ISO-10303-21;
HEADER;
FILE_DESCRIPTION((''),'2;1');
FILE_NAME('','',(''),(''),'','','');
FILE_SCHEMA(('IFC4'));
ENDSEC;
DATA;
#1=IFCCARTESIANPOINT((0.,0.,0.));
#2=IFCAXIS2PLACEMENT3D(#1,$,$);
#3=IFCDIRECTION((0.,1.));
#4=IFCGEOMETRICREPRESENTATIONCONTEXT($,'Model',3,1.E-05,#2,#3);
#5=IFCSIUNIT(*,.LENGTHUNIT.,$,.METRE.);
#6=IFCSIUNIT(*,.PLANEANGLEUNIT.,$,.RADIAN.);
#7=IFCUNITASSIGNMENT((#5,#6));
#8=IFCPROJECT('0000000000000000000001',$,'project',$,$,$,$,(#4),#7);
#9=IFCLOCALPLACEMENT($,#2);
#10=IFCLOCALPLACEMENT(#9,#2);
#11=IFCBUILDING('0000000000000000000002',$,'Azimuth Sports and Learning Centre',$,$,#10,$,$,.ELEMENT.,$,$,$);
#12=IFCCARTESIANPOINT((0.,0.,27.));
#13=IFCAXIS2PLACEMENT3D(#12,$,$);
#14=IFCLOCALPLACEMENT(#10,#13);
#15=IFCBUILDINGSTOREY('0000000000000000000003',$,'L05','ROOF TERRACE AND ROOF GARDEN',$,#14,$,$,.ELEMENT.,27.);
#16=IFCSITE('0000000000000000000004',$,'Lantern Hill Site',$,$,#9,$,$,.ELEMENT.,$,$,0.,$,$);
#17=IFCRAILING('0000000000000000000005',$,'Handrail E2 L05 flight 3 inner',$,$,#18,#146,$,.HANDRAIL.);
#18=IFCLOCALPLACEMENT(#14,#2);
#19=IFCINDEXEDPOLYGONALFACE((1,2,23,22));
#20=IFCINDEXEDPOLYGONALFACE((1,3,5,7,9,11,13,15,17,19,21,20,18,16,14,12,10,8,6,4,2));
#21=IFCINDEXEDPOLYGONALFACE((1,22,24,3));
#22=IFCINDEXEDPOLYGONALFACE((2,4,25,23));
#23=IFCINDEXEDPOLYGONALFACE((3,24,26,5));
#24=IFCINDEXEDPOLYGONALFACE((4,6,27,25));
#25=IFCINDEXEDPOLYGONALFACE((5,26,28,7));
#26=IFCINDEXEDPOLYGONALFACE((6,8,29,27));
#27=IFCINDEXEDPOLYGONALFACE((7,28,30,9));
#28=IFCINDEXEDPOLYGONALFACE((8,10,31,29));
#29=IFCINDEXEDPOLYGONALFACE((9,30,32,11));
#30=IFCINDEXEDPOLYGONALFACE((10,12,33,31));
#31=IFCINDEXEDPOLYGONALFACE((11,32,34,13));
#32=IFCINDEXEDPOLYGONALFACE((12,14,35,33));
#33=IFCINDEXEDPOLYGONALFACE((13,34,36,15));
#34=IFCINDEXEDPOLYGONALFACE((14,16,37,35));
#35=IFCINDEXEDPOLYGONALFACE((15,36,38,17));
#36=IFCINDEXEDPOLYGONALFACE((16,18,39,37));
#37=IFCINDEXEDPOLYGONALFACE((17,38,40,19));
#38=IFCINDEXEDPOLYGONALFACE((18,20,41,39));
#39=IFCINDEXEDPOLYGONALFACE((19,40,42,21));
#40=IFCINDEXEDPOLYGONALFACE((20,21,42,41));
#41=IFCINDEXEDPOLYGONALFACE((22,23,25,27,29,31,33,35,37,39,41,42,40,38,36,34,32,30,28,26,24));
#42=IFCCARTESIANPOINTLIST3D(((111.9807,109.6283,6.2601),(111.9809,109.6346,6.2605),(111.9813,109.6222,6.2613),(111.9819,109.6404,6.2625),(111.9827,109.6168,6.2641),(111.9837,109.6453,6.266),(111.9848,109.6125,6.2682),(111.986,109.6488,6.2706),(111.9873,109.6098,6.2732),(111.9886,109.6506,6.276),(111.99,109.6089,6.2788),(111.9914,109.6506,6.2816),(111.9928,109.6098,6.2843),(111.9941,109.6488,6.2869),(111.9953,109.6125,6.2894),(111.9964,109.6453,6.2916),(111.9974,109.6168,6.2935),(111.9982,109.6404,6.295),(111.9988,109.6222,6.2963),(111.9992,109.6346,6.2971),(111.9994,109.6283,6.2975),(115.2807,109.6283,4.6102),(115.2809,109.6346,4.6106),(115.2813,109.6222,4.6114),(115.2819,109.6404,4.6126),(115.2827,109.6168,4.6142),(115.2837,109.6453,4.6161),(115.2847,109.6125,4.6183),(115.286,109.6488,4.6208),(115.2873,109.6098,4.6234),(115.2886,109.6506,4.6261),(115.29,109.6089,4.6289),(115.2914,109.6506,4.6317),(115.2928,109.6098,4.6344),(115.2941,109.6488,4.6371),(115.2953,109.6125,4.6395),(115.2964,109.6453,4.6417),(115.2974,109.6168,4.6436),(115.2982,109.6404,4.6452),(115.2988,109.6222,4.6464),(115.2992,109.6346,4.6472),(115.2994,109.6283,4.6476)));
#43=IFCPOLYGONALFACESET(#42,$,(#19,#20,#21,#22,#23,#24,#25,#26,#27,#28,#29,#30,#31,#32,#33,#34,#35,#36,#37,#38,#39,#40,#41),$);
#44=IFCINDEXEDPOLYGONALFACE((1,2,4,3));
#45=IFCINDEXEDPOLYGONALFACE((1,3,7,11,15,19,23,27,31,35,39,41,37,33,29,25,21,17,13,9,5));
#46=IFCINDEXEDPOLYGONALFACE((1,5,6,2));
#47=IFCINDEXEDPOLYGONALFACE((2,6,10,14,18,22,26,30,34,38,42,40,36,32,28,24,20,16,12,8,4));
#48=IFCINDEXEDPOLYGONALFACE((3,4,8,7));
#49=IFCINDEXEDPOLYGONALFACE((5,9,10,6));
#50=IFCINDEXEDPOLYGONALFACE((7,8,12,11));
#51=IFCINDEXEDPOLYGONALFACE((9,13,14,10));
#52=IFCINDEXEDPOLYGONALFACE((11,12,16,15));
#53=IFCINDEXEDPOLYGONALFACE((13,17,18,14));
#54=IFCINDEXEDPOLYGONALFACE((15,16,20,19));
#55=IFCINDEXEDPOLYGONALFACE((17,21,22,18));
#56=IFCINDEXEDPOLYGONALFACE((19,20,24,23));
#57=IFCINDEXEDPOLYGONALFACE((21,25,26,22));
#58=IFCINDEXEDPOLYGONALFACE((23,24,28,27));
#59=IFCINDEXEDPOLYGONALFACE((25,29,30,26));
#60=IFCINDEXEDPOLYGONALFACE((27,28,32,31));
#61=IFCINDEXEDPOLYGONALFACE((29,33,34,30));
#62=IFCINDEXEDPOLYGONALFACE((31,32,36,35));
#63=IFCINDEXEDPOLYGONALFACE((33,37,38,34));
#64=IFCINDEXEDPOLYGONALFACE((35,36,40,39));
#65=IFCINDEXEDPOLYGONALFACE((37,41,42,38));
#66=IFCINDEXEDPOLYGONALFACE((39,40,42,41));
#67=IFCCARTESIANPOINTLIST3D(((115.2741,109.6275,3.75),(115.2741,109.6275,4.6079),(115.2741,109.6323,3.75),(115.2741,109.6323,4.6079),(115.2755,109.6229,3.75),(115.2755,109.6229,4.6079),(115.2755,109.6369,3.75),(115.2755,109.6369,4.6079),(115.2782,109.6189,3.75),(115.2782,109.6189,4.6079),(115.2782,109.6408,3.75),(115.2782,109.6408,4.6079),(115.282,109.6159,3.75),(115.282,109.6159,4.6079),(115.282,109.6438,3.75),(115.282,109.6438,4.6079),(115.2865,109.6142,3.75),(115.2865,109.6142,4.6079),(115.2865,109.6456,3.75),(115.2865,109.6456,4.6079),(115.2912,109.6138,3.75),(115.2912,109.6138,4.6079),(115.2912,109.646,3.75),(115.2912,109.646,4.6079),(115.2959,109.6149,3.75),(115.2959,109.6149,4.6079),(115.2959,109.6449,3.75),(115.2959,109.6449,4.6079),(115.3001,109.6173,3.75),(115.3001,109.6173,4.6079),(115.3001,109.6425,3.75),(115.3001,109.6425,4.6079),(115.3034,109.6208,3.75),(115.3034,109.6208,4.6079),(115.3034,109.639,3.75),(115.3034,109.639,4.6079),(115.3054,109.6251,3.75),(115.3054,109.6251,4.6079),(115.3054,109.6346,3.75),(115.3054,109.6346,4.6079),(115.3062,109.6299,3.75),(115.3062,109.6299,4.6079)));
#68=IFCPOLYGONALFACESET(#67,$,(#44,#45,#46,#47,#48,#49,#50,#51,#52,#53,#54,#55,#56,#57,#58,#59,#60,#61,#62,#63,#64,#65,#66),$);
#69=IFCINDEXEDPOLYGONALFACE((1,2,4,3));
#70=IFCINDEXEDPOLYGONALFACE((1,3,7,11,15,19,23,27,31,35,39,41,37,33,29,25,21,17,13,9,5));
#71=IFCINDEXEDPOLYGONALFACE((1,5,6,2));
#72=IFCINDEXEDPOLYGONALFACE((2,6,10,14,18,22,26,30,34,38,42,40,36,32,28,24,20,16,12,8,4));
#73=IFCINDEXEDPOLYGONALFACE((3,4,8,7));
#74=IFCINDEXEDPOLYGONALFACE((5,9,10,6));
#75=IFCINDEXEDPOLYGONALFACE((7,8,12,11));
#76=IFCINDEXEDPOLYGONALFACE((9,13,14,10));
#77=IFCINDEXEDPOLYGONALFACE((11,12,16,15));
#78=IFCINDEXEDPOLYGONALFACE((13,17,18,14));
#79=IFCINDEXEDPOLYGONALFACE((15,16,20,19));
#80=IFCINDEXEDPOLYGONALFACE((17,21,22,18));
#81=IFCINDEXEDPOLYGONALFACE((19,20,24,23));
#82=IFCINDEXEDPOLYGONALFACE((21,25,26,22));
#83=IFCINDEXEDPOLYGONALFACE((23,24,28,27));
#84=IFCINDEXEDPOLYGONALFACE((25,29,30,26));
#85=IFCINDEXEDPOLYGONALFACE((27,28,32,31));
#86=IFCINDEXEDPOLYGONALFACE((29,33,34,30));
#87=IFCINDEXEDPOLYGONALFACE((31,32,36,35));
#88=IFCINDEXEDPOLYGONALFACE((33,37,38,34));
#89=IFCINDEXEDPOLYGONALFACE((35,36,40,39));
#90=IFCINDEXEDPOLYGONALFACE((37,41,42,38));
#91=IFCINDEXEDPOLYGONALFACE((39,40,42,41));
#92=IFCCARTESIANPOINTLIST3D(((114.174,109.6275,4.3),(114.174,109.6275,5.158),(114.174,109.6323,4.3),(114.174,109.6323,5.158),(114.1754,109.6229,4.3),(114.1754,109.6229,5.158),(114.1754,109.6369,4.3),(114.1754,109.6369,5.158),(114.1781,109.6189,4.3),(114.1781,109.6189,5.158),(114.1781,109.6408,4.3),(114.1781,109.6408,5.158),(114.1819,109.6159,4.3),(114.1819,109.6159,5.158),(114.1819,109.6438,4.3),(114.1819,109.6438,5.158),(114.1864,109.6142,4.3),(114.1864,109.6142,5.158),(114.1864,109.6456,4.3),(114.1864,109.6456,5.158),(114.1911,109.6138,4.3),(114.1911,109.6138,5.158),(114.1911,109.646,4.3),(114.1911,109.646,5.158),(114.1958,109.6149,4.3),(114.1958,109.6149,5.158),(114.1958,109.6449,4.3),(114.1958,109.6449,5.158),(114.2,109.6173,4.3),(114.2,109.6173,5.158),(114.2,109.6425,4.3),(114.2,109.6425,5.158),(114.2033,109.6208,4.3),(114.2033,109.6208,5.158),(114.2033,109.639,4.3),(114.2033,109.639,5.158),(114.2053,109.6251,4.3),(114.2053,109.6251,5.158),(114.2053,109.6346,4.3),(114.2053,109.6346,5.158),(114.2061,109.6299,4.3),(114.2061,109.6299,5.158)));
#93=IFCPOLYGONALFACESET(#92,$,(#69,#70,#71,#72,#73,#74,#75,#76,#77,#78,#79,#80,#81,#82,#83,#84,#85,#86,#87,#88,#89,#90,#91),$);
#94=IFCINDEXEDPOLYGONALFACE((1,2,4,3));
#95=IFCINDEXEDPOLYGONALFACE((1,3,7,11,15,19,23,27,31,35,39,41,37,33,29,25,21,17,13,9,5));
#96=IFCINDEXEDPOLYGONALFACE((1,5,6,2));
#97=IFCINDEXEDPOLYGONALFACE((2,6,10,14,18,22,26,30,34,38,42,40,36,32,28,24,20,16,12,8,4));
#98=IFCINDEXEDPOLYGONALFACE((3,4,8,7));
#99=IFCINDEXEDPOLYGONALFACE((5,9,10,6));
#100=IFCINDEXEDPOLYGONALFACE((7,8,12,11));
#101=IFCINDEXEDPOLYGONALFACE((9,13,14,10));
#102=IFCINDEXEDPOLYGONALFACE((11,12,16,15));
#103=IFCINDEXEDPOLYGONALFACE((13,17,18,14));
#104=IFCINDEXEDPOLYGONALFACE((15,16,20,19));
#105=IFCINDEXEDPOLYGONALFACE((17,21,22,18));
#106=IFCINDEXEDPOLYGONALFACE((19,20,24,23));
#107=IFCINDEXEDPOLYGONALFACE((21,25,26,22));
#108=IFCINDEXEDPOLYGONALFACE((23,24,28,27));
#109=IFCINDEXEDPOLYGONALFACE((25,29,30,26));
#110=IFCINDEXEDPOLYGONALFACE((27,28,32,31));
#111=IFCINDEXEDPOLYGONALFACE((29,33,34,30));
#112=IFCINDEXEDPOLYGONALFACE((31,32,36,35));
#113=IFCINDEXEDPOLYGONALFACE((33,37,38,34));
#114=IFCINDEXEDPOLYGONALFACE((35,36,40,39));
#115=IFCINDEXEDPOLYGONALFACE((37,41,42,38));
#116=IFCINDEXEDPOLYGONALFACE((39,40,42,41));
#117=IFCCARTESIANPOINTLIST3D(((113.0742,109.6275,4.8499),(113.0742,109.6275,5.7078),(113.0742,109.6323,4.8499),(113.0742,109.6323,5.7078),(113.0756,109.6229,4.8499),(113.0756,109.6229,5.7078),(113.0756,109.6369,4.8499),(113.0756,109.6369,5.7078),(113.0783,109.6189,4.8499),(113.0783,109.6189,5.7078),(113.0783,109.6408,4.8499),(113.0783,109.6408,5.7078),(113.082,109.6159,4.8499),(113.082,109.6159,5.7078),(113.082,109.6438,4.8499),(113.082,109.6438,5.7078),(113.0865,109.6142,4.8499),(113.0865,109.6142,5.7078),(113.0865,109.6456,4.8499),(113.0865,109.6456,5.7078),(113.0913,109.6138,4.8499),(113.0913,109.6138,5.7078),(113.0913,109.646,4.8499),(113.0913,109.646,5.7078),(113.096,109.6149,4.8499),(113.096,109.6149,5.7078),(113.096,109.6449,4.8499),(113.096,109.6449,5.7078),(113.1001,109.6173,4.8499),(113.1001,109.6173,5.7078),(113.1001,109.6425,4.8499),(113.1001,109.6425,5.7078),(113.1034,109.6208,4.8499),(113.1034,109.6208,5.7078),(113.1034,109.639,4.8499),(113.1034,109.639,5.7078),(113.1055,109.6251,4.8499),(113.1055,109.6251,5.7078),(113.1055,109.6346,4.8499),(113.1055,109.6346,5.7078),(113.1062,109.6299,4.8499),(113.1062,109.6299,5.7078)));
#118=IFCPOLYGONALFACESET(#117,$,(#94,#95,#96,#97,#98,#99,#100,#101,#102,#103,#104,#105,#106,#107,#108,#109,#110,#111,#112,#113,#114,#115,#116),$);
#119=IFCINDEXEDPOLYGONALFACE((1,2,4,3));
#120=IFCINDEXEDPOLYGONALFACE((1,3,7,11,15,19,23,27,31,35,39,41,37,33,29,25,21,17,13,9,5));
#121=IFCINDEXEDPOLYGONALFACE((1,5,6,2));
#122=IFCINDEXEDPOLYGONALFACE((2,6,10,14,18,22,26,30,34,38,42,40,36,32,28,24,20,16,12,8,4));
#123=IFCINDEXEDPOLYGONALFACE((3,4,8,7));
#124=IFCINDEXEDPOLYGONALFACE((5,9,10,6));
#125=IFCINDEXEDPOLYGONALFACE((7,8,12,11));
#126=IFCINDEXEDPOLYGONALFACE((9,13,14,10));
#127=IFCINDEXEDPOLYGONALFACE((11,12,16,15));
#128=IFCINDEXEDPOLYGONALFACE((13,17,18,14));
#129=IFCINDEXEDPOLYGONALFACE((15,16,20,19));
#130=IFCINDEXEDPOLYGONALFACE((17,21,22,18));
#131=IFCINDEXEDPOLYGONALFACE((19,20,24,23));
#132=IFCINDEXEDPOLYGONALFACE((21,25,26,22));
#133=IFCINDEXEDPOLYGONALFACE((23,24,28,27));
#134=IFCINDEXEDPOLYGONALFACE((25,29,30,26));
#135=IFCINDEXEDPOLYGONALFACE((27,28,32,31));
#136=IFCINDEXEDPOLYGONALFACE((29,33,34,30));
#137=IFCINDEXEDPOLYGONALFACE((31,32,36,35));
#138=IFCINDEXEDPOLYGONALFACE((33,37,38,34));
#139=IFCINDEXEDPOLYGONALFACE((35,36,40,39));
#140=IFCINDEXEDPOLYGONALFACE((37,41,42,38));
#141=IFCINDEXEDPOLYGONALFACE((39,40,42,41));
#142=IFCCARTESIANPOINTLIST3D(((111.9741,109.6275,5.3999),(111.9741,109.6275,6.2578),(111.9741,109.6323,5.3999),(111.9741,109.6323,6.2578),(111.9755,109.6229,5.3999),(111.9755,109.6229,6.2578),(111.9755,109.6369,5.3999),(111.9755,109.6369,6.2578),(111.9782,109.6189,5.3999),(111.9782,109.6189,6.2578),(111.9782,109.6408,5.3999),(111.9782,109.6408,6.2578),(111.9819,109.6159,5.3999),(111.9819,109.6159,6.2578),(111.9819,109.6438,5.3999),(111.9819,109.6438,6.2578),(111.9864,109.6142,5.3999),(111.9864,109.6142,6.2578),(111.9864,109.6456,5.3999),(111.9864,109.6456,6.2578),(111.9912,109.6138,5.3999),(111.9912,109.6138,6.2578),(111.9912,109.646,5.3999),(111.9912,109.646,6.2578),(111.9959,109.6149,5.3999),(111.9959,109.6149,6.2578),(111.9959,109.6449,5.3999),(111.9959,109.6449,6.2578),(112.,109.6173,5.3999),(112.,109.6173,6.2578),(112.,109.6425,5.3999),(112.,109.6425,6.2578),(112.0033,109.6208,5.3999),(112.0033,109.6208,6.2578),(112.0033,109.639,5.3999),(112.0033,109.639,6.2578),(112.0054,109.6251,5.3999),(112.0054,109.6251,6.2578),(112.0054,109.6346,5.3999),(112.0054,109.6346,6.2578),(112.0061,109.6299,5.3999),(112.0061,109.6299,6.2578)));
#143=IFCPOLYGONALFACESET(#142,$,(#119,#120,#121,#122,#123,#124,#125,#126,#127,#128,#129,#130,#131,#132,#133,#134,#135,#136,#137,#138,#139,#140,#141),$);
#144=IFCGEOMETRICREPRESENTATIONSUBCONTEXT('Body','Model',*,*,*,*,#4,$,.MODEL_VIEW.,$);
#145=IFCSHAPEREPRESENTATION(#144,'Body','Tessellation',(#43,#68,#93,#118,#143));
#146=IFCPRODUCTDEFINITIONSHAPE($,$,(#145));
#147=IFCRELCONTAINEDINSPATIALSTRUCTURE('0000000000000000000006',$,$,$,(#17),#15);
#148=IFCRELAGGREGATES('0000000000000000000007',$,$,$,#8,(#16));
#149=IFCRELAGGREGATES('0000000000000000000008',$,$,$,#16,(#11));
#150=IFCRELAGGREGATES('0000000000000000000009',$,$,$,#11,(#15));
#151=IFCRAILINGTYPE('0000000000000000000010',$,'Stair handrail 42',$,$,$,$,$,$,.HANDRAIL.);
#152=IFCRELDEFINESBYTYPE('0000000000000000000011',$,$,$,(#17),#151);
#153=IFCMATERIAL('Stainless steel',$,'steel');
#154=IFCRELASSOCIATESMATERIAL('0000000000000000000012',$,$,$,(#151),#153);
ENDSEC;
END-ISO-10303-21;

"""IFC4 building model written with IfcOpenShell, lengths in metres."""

from ifc_helpers import new_model, si_unit, direction, frame, origin, origin_2d, place, context, subcontext, project, spatial, circle, extrude, material, type_object, element, save


model = new_model("IFC4")

# Units and contexts
model_context = context("Model", 3, precision=1e-05, world=origin(), true_north=direction((0.0, 1.0)))
body_context = subcontext(model_context, "Body", "Model", "MODEL_VIEW")
ifc_project = project(units=[si_unit("LENGTHUNIT", "METRE"), si_unit("PLANEANGLEUNIT", "RADIAN")], contexts=[model_context])

# Site, building, storey
site_placement = place(None, origin())
site = spatial("IfcSite", under=ifc_project, at=site_placement, Name="Lantern Hill Site", CompositionType="ELEMENT", RefElevation=0.0)
building_placement = place(site_placement, origin())
building = spatial("IfcBuilding", under=site, at=building_placement, Name="Azimuth Sports and Learning Centre", CompositionType="ELEMENT")
storey_placement = place(building_placement, frame((0.0, 0.0, 27.0)))
storey = spatial("IfcBuildingStorey", under=building, at=storey_placement, Name="L05", Description="ROOF TERRACE AND ROOF GARDEN", CompositionType="ELEMENT", Elevation=27.0)

# Railing
ifc_material_1 = material(Name="Stainless steel", Category="steel")
railing_type_1 = type_object("IfcRailingType", Name="Stair handrail 42", PredefinedType="HANDRAIL", material=ifc_material_1)
railing_1_placement = place(storey_placement, frame((115.29, 109.6299, 3.75)))
element("IfcRailing", 1, at=railing_1_placement, inside=storey, type_object=railing_type_1, Name="Handrail E2 L05 flight 3 inner", PredefinedType="HANDRAIL", context=body_context, shape_type="SweptSolid", body=[
    extrude(circle(Radius=0.021, at=origin_2d()), frame((0.0, 0.0, 0.8789), z_axis=(-0.89444, 0.0, 0.447187), x_axis=(0.0, -1.0, 0.0)), (0.0, 0.0, 1.0), 3.6895),
    extrude(circle(Radius=0.0161, at=origin_2d()), origin(), (0.0, 0.0, 1.0), 0.8579),
    extrude(circle(Radius=0.0161, at=origin_2d()), frame((-1.1001, 0.0, 0.55)), (0.0, 0.0, 1.0), 0.8579),
    extrude(circle(Radius=0.0161, at=origin_2d()), frame((-2.2, 0.0, 1.0999)), (0.0, 0.0, 1.0), 0.8579),
    extrude(circle(Radius=0.0161, at=origin_2d()), frame((-3.3, 0.0, 1.6499)), (0.0, 0.0, 1.0), 0.8579),
])

save(model, "model.ifc")
